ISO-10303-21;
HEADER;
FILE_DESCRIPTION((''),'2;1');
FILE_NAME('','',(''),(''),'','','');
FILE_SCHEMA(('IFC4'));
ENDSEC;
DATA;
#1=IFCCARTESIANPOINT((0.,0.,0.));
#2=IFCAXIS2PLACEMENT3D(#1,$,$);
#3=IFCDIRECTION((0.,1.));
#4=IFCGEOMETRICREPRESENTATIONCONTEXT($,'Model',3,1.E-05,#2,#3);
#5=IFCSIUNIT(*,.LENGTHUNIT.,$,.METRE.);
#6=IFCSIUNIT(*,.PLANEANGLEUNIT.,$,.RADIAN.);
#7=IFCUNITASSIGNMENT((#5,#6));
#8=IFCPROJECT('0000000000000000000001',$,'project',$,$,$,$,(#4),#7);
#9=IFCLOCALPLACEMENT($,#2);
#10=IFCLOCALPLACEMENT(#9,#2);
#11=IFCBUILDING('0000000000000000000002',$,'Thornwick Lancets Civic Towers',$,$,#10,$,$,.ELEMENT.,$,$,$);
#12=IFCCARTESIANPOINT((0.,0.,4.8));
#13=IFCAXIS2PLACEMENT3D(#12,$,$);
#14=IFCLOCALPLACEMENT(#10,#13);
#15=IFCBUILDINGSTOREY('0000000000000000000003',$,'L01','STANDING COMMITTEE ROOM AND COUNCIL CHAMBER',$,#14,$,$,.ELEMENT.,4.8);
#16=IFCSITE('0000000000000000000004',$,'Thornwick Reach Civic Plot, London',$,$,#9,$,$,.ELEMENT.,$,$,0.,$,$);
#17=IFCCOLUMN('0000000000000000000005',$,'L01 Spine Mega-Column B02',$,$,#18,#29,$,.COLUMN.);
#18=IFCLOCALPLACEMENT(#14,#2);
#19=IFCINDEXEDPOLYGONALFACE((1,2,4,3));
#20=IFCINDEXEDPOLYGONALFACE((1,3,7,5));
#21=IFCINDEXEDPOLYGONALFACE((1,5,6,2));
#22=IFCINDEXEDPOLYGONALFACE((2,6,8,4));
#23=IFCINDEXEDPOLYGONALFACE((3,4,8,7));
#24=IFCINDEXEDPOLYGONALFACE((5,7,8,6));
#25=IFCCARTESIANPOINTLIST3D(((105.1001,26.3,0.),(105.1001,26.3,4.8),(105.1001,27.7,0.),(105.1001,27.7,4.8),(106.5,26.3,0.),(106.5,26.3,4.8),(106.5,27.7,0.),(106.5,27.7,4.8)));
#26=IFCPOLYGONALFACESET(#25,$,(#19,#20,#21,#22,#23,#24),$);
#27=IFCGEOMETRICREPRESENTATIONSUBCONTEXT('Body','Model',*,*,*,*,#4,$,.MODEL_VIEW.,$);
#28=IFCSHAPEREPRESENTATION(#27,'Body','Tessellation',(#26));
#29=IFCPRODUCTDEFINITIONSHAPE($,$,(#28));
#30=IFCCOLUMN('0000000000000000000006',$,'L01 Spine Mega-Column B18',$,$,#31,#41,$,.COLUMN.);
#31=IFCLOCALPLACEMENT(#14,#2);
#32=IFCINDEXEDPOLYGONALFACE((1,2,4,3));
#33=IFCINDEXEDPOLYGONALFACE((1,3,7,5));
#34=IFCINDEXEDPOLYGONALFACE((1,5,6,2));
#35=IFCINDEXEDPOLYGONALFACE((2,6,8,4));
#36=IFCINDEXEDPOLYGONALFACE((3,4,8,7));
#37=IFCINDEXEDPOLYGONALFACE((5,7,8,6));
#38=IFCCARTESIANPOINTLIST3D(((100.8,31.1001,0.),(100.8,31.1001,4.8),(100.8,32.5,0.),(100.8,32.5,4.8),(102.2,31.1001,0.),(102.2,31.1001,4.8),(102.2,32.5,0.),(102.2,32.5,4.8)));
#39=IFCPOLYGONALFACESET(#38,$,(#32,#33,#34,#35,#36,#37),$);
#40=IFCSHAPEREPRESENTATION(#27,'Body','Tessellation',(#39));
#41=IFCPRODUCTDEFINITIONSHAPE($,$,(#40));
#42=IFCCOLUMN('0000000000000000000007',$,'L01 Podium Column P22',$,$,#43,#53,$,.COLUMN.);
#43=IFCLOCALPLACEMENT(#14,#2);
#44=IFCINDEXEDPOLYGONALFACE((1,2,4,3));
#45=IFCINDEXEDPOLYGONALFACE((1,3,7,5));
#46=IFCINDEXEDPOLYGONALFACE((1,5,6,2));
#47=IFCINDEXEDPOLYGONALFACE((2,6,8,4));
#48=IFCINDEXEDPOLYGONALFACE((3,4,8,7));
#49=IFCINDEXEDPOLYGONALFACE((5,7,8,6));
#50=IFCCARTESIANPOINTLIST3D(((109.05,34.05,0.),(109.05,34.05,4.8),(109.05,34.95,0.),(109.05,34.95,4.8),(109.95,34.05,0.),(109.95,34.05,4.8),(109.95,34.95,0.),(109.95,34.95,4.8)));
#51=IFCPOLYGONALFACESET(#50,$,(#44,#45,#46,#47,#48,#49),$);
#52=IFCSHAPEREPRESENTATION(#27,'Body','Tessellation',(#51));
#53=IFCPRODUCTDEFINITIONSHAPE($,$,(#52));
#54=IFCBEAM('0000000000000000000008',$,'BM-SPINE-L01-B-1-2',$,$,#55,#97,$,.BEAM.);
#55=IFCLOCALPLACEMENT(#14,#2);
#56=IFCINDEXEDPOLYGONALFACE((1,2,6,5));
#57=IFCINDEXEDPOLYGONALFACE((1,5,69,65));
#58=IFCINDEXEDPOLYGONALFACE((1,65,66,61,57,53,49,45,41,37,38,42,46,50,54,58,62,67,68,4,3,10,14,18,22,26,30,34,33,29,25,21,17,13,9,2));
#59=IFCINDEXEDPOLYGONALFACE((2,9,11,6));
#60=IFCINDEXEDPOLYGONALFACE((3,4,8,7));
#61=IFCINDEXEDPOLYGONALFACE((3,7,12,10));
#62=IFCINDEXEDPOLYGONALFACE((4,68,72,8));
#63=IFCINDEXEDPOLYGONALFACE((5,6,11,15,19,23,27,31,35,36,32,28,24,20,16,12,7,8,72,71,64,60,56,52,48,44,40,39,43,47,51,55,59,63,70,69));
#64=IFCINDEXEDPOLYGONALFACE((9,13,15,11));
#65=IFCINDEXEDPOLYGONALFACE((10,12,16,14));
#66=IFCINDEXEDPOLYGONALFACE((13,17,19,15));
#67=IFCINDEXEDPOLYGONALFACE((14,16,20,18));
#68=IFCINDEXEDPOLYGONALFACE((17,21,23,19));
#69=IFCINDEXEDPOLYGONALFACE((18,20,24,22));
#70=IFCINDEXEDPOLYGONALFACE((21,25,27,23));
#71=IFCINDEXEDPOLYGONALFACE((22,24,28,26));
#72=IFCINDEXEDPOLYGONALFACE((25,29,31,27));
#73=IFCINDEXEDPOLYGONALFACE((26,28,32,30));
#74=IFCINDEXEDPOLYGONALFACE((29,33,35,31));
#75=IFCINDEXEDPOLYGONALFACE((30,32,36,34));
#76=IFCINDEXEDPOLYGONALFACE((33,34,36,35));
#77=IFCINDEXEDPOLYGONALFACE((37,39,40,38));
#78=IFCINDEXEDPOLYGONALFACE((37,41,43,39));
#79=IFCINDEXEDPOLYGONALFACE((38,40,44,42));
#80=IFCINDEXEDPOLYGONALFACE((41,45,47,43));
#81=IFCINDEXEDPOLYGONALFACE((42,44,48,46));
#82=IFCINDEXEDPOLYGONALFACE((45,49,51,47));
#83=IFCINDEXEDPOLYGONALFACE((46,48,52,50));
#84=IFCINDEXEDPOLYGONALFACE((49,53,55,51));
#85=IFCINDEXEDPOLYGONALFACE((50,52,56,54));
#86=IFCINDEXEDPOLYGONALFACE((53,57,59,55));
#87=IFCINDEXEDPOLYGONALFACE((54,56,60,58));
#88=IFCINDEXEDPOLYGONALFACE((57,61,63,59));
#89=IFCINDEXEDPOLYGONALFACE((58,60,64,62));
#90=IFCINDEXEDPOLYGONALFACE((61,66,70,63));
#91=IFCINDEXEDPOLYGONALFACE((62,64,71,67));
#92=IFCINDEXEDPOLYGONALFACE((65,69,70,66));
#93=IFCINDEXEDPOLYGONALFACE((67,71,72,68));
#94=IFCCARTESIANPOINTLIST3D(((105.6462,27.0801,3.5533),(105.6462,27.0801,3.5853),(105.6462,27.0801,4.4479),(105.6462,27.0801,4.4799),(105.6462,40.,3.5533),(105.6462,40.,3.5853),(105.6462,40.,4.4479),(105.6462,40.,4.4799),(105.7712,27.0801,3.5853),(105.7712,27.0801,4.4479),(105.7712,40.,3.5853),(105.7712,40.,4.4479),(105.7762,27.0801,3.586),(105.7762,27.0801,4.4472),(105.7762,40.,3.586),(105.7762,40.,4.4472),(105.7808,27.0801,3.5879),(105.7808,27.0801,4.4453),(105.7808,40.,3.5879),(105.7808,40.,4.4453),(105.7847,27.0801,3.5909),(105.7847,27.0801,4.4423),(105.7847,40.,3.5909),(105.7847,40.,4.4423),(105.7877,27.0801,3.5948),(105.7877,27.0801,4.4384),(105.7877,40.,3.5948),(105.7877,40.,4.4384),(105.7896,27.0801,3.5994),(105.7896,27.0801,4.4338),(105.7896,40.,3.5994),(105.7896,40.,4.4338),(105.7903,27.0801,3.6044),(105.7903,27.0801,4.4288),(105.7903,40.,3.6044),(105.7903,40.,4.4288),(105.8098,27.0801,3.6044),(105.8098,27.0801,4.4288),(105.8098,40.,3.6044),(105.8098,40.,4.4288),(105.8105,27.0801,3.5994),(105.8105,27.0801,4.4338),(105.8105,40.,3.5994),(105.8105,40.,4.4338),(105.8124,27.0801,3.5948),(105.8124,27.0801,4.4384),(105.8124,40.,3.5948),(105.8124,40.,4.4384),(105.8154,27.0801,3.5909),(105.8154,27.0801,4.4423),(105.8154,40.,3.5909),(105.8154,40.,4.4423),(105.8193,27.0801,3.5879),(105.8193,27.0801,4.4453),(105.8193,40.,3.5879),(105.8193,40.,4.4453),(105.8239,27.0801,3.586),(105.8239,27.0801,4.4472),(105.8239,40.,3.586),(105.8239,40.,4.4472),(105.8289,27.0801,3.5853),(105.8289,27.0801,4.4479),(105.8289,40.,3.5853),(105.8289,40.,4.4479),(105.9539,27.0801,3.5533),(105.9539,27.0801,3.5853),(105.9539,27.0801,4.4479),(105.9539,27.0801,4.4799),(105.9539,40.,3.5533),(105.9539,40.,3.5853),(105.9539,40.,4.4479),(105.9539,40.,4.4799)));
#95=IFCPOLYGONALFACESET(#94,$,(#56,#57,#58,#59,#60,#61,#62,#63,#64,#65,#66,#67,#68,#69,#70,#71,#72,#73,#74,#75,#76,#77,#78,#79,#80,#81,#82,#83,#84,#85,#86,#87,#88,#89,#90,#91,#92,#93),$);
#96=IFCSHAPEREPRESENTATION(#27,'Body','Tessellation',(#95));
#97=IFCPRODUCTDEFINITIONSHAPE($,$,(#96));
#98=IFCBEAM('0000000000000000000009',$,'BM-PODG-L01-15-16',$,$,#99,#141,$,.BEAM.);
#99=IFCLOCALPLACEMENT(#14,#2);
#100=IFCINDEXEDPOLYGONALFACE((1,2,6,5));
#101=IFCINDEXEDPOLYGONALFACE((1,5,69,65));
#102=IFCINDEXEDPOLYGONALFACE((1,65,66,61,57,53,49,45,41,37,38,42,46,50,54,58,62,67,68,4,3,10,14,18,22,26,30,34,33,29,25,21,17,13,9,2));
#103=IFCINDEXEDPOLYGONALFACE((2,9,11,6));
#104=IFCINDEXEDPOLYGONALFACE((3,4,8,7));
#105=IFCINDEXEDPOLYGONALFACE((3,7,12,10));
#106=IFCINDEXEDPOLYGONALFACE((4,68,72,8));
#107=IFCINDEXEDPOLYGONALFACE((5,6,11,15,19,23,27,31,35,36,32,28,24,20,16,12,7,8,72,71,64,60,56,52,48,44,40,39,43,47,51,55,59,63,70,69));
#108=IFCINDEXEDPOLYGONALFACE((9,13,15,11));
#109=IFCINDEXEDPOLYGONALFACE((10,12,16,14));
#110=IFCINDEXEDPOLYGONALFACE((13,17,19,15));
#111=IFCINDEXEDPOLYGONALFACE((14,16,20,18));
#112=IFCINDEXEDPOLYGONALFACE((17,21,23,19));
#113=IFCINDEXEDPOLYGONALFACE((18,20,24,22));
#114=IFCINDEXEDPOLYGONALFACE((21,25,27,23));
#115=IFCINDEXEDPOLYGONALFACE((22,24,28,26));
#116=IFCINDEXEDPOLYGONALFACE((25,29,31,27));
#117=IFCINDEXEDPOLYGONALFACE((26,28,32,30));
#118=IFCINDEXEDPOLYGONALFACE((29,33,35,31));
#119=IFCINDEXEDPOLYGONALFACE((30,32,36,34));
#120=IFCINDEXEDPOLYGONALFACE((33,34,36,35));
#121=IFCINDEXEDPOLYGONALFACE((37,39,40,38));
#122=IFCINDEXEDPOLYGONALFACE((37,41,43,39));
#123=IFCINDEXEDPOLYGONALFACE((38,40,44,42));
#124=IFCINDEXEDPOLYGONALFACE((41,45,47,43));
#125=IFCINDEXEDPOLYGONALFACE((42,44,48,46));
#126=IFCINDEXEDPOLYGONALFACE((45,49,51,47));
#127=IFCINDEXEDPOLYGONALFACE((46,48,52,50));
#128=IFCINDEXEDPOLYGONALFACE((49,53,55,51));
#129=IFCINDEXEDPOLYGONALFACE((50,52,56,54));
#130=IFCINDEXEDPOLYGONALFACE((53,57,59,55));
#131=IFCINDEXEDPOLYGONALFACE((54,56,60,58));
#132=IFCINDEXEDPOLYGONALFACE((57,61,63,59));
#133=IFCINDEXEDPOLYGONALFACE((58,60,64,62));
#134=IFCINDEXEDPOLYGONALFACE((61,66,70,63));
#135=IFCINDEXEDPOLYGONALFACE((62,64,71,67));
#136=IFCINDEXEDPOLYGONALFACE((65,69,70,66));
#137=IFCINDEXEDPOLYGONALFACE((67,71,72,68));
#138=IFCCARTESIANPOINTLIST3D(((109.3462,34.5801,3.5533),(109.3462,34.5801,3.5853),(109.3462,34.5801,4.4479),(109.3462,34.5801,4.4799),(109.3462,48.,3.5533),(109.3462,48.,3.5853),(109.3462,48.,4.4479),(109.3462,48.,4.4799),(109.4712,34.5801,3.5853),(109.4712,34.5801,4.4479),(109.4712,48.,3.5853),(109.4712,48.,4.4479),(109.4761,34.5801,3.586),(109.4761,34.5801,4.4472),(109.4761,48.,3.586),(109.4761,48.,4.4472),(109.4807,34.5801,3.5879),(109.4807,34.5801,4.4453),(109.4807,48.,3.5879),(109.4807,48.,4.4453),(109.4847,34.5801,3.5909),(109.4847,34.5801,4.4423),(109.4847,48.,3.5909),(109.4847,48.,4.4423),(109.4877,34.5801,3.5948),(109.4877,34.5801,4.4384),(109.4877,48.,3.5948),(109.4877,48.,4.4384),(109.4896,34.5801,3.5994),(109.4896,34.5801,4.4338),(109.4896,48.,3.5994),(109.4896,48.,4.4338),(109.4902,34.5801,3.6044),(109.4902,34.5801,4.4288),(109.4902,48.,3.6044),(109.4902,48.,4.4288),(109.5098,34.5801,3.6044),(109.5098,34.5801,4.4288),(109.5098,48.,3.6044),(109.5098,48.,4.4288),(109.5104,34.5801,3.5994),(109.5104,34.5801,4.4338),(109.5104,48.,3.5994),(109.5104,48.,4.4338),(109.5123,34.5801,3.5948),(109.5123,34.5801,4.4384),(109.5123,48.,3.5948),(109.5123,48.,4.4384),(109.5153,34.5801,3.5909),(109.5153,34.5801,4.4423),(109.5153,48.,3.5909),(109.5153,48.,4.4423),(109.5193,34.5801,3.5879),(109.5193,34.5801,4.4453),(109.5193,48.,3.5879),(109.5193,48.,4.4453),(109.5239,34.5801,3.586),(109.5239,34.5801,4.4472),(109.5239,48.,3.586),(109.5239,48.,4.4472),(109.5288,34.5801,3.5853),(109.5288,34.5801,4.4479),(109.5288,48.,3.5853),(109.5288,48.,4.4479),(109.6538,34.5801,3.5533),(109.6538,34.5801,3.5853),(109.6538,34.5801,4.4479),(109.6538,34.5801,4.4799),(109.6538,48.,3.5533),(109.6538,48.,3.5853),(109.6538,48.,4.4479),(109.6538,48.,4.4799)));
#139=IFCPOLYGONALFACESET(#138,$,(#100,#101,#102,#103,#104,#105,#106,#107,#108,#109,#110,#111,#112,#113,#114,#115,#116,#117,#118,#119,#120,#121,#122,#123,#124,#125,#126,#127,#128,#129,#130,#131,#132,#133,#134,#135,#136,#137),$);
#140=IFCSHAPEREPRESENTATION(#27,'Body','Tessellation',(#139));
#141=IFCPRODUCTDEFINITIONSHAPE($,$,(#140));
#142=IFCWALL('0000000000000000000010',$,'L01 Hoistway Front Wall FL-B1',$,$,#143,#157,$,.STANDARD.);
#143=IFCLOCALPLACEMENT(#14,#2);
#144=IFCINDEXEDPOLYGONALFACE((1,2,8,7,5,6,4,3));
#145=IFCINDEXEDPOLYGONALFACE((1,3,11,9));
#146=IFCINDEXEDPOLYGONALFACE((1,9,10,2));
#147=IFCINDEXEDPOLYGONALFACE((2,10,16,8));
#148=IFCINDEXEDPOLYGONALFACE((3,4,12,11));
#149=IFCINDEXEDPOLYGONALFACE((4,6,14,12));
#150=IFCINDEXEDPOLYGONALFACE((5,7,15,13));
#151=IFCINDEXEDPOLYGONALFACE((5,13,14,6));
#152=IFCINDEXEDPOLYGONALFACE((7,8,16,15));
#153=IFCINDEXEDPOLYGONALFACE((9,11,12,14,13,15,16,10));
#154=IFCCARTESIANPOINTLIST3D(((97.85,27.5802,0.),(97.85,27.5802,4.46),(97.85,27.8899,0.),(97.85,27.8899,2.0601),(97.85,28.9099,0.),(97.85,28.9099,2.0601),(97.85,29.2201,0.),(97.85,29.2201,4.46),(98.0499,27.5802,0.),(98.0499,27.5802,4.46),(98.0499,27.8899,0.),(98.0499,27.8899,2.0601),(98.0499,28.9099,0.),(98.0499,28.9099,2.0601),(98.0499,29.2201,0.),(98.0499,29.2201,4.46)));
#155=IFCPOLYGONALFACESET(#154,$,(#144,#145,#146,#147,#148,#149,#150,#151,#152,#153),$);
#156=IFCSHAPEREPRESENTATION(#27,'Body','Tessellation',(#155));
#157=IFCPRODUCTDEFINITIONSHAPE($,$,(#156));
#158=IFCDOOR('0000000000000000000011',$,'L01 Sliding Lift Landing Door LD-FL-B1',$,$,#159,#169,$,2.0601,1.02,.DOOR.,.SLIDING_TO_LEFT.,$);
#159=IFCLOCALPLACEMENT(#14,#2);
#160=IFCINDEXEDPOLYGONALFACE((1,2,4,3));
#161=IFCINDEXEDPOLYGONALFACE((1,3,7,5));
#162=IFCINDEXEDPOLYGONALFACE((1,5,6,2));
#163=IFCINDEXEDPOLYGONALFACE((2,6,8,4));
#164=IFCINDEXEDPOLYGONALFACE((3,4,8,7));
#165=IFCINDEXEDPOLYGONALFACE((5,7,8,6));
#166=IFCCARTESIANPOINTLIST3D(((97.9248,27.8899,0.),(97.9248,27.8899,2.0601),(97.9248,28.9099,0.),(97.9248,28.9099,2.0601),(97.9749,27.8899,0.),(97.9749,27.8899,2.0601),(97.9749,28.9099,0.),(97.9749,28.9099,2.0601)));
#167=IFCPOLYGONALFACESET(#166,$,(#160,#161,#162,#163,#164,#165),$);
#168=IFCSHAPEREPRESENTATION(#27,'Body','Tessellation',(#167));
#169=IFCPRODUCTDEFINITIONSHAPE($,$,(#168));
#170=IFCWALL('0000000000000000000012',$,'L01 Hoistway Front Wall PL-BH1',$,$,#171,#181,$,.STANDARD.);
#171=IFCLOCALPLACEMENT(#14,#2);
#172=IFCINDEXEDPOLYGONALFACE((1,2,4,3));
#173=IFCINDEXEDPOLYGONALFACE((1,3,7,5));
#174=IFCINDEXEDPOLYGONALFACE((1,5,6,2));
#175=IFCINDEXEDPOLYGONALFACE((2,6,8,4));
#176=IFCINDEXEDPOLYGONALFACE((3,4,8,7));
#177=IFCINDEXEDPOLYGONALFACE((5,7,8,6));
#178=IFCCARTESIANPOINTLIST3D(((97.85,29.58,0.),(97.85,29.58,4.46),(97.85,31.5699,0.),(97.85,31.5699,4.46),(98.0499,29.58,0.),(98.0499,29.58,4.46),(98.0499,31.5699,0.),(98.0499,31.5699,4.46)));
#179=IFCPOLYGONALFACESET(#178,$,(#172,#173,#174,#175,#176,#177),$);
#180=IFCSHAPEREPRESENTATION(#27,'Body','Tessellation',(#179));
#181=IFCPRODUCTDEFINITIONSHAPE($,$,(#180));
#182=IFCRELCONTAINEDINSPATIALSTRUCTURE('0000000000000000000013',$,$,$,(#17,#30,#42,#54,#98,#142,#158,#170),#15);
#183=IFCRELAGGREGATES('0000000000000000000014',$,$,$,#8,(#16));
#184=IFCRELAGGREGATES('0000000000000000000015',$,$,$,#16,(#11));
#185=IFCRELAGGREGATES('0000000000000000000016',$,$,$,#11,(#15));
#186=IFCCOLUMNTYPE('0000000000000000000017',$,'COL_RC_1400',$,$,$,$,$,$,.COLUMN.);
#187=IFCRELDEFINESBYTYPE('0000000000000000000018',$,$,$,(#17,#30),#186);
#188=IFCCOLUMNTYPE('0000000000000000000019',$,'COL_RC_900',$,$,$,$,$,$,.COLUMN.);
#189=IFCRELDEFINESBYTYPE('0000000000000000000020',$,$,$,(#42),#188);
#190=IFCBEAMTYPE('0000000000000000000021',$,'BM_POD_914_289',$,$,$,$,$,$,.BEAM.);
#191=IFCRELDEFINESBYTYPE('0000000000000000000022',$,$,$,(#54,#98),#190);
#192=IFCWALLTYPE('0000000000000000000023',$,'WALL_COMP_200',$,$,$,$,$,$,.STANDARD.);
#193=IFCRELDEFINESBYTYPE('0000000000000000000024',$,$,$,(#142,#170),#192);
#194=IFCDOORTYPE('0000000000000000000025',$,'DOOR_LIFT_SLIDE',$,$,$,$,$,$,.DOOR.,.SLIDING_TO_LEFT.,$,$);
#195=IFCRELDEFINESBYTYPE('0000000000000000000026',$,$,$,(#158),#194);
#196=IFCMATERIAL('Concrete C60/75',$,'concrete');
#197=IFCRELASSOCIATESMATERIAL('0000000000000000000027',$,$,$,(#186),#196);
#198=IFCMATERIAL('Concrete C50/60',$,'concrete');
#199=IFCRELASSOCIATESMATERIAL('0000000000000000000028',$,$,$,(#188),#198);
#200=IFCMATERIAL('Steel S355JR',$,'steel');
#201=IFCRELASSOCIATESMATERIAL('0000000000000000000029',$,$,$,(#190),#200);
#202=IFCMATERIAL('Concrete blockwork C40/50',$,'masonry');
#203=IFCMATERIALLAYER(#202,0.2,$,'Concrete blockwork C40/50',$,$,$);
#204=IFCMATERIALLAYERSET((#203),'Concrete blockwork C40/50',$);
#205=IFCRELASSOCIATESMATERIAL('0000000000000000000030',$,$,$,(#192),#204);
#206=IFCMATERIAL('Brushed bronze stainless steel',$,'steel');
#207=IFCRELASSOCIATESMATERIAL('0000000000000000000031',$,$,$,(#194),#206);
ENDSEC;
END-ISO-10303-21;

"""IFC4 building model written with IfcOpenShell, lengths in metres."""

from ifc_helpers import new_model, si_unit, direction, frame, frame_2d, origin, origin_2d, place, context, subcontext, project, spatial, rectangle, i_section, extrude, material, layer, layer_set, material_profile, profile_set, type_object, element, fill, save


model = new_model("IFC4")

# Units and contexts
model_context = context("Model", 3, precision=1e-05, world=origin(), true_north=direction((0.0, 1.0)))
body_context = subcontext(model_context, "Body", "Model", "MODEL_VIEW")
ifc_project = project(units=[si_unit("LENGTHUNIT", "METRE"), si_unit("PLANEANGLEUNIT", "RADIAN")], contexts=[model_context])

# Site, building, storey
site_placement = place(None, origin())
site = spatial("IfcSite", under=ifc_project, at=site_placement, Name="Thornwick Reach Civic Plot, London", CompositionType="ELEMENT", RefElevation=0.0)
building_placement = place(site_placement, origin())
building = spatial("IfcBuilding", under=site, at=building_placement, Name="Thornwick Lancets Civic Towers", CompositionType="ELEMENT")
storey_placement = place(building_placement, frame((0.0, 0.0, 4.8)))
storey = spatial("IfcBuildingStorey", under=building, at=storey_placement, Name="L01", Description="STANDING COMMITTEE ROOM AND COUNCIL CHAMBER", CompositionType="ELEMENT", Elevation=4.8)

# Columns
ifc_material_1 = material(Name="Concrete C60/75", Category="concrete")
ifc_material_profile_1 = material_profile(ifc_material_1, rectangle(XDim=1.3999, YDim=1.3999, at=origin_2d()), Name="RC 1400x1400")
ifc_profile_set_1 = profile_set([ifc_material_profile_1], Name="Concrete C60/75")
column_type_1 = type_object("IfcColumnType", Name="COL_RC_1400", PredefinedType="COLUMN", material=ifc_profile_set_1)
for number, where, z_axis, x_axis, name in (
    (1, (105.8, 27.0, 0.0), (0.0, 0.0, 1.0), (1.0, 0.0, 0.0), "L01 Spine Mega-Column B02"),
    (2, (101.5, 31.8, 0.0), (0.0, 0.0, 1.0), (1.0, 0.0, 0.0), "L01 Spine Mega-Column B18"),
):
    element("IfcColumn", number, at=place(storey_placement, frame(where, z_axis=z_axis, x_axis=x_axis)), inside=storey, type_object=column_type_1, Name=name, PredefinedType="COLUMN", context=body_context, shape_type="SweptSolid", body=[
        extrude(rectangle(XDim=1.3999, YDim=1.3999, at=origin_2d()), origin(), (0.0, 0.0, 1.0), 4.8),
    ])
ifc_material_2 = material(Name="Concrete C50/60", Category="concrete")
ifc_material_profile_2 = material_profile(ifc_material_2, rectangle(XDim=0.8999, YDim=0.8999, at=origin_2d()), Name="RC 900x900")
ifc_profile_set_2 = profile_set([ifc_material_profile_2], Name="Concrete C50/60")
column_type_2 = type_object("IfcColumnType", Name="COL_RC_900", PredefinedType="COLUMN", material=ifc_profile_set_2)
column_placement = place(storey_placement, frame((109.5, 34.5, 0.0), z_axis=(0.0, 0.0, 1.0), x_axis=(1.0, 0.0, 0.0)))
element("IfcColumn", 3, at=column_placement, inside=storey, type_object=column_type_2, Name="L01 Podium Column P22", PredefinedType="COLUMN", context=body_context, shape_type="SweptSolid", body=[
    extrude(rectangle(XDim=0.8999, YDim=0.8999, at=origin_2d()), origin(), (0.0, 0.0, 1.0), 4.8),
])

# Beams
ifc_material_3 = material(Name="Steel S355JR", Category="steel")
ifc_material_profile_3 = material_profile(ifc_material_3, i_section(OverallWidth=0.3076, OverallDepth=0.9265, WebThickness=0.0195, FlangeThickness=0.032, FilletRadius=0.019, at=origin_2d()), Name="UKB 914x305x289")
ifc_profile_set_3 = profile_set([ifc_material_profile_3], Name="Steel S355JR")
beam_type = type_object("IfcBeamType", Name="BM_POD_914_289", PredefinedType="BEAM", material=ifc_profile_set_3)
beam_1_placement = place(storey_placement, frame((105.8, 27.0801, 4.0166), z_axis=(0.0, 1.0, 0.0), x_axis=(-1.0, 0.0, 0.0)))
element("IfcBeam", 4, at=beam_1_placement, inside=storey, type_object=beam_type, Name="BM-SPINE-L01-B-1-2", PredefinedType="BEAM", context=body_context, shape_type="SweptSolid", body=[
    extrude(i_section(OverallWidth=0.3076, OverallDepth=0.9265, WebThickness=0.0195, FlangeThickness=0.032, FilletRadius=0.019, at=origin_2d()), origin(), (0.0, 0.0, 1.0), 12.9199),
])
beam_2_placement = place(storey_placement, frame((109.5, 34.5801, 4.0166), z_axis=(0.0, 1.0, 0.0), x_axis=(-1.0, 0.0, 0.0)))
element("IfcBeam", 5, at=beam_2_placement, inside=storey, type_object=beam_type, Name="BM-PODG-L01-15-16", PredefinedType="BEAM", context=body_context, shape_type="SweptSolid", body=[
    extrude(i_section(OverallWidth=0.3076, OverallDepth=0.9265, WebThickness=0.0195, FlangeThickness=0.032, FilletRadius=0.019, at=origin_2d()), origin(), (0.0, 0.0, 1.0), 13.4199),
])

# Wall, opening, door
ifc_material_4 = material(Name="Concrete blockwork C40/50", Category="masonry")
ifc_layer_1 = layer(ifc_material_4, 0.2, Name="Concrete blockwork C40/50")
ifc_layer_set_1 = layer_set([ifc_layer_1], Name="Concrete blockwork C40/50")
wall_type_1 = type_object("IfcWallType", Name="WALL_COMP_200", PredefinedType="STANDARD", material=ifc_layer_set_1)
wall_1_placement = place(storey_placement, frame((97.95, 29.22, 0.0), z_axis=(0.0, 0.0, 1.0), x_axis=(0.0, -1.0, 0.0)))
wall_1 = element("IfcWall", 6, at=wall_1_placement, inside=storey, type_object=wall_type_1, Name="L01 Hoistway Front Wall FL-B1", PredefinedType="STANDARD", context=body_context, shape_type="SweptSolid", body=[
    extrude(rectangle(XDim=1.6399, YDim=0.2, at=frame_2d((0.8198, 0.0))), origin(), (0.0, 0.0, 1.0), 4.46),
])
opening_1_placement = place(wall_1_placement, frame((0.3101, 0.0, 0.0)))
opening_1 = element("IfcOpeningElement", 7, at=opening_1_placement, cuts=wall_1, PredefinedType="OPENING", context=body_context, shape_type="SweptSolid", body=[
    extrude(rectangle(XDim=1.02, YDim=2.0601, at=frame_2d((0.51, 1.03))), frame((0.0, 0.1099, 0.0), z_axis=(0.0, -1.0, 0.0), x_axis=(1.0, 0.0, 0.0)), (0.0, 0.0, 1.0), 0.22),
])
ifc_material_5 = material(Name="Brushed bronze stainless steel", Category="steel")
door_type = type_object("IfcDoorType", Name="DOOR_LIFT_SLIDE", OperationType="SLIDING_TO_LEFT", PredefinedType="DOOR", material=ifc_material_5)
door_1_placement = place(opening_1_placement, origin())
door_1 = element("IfcDoor", 8, at=door_1_placement, inside=storey, type_object=door_type, Name="L01 Sliding Lift Landing Door LD-FL-B1", OperationType="SLIDING_TO_LEFT", OverallHeight=2.0601, OverallWidth=1.02, PredefinedType="DOOR", context=body_context, shape_type="SweptSolid", body=[
    extrude(rectangle(XDim=1.02, YDim=2.0601, at=frame_2d((0.51, 1.03))), frame((0.0, 0.0249, 0.0), z_axis=(0.0, -1.0, 0.0), x_axis=(1.0, 0.0, 0.0)), (0.0, 0.0, 1.0), 0.05),
])
fill(opening_1, door_1)

# Wall
wall_2_placement = place(storey_placement, frame((97.95, 31.5701, 0.0), z_axis=(0.0, 0.0, 1.0), x_axis=(0.0, -1.0, 0.0)))
element("IfcWall", 9, at=wall_2_placement, inside=storey, type_object=wall_type_1, Name="L01 Hoistway Front Wall PL-BH1", PredefinedType="STANDARD", context=body_context, shape_type="SweptSolid", body=[
    extrude(rectangle(XDim=1.99, YDim=0.2, at=frame_2d((0.9951, 0.0))), origin(), (0.0, 0.0, 1.0), 4.46),
])

save(model, "model.ifc")
